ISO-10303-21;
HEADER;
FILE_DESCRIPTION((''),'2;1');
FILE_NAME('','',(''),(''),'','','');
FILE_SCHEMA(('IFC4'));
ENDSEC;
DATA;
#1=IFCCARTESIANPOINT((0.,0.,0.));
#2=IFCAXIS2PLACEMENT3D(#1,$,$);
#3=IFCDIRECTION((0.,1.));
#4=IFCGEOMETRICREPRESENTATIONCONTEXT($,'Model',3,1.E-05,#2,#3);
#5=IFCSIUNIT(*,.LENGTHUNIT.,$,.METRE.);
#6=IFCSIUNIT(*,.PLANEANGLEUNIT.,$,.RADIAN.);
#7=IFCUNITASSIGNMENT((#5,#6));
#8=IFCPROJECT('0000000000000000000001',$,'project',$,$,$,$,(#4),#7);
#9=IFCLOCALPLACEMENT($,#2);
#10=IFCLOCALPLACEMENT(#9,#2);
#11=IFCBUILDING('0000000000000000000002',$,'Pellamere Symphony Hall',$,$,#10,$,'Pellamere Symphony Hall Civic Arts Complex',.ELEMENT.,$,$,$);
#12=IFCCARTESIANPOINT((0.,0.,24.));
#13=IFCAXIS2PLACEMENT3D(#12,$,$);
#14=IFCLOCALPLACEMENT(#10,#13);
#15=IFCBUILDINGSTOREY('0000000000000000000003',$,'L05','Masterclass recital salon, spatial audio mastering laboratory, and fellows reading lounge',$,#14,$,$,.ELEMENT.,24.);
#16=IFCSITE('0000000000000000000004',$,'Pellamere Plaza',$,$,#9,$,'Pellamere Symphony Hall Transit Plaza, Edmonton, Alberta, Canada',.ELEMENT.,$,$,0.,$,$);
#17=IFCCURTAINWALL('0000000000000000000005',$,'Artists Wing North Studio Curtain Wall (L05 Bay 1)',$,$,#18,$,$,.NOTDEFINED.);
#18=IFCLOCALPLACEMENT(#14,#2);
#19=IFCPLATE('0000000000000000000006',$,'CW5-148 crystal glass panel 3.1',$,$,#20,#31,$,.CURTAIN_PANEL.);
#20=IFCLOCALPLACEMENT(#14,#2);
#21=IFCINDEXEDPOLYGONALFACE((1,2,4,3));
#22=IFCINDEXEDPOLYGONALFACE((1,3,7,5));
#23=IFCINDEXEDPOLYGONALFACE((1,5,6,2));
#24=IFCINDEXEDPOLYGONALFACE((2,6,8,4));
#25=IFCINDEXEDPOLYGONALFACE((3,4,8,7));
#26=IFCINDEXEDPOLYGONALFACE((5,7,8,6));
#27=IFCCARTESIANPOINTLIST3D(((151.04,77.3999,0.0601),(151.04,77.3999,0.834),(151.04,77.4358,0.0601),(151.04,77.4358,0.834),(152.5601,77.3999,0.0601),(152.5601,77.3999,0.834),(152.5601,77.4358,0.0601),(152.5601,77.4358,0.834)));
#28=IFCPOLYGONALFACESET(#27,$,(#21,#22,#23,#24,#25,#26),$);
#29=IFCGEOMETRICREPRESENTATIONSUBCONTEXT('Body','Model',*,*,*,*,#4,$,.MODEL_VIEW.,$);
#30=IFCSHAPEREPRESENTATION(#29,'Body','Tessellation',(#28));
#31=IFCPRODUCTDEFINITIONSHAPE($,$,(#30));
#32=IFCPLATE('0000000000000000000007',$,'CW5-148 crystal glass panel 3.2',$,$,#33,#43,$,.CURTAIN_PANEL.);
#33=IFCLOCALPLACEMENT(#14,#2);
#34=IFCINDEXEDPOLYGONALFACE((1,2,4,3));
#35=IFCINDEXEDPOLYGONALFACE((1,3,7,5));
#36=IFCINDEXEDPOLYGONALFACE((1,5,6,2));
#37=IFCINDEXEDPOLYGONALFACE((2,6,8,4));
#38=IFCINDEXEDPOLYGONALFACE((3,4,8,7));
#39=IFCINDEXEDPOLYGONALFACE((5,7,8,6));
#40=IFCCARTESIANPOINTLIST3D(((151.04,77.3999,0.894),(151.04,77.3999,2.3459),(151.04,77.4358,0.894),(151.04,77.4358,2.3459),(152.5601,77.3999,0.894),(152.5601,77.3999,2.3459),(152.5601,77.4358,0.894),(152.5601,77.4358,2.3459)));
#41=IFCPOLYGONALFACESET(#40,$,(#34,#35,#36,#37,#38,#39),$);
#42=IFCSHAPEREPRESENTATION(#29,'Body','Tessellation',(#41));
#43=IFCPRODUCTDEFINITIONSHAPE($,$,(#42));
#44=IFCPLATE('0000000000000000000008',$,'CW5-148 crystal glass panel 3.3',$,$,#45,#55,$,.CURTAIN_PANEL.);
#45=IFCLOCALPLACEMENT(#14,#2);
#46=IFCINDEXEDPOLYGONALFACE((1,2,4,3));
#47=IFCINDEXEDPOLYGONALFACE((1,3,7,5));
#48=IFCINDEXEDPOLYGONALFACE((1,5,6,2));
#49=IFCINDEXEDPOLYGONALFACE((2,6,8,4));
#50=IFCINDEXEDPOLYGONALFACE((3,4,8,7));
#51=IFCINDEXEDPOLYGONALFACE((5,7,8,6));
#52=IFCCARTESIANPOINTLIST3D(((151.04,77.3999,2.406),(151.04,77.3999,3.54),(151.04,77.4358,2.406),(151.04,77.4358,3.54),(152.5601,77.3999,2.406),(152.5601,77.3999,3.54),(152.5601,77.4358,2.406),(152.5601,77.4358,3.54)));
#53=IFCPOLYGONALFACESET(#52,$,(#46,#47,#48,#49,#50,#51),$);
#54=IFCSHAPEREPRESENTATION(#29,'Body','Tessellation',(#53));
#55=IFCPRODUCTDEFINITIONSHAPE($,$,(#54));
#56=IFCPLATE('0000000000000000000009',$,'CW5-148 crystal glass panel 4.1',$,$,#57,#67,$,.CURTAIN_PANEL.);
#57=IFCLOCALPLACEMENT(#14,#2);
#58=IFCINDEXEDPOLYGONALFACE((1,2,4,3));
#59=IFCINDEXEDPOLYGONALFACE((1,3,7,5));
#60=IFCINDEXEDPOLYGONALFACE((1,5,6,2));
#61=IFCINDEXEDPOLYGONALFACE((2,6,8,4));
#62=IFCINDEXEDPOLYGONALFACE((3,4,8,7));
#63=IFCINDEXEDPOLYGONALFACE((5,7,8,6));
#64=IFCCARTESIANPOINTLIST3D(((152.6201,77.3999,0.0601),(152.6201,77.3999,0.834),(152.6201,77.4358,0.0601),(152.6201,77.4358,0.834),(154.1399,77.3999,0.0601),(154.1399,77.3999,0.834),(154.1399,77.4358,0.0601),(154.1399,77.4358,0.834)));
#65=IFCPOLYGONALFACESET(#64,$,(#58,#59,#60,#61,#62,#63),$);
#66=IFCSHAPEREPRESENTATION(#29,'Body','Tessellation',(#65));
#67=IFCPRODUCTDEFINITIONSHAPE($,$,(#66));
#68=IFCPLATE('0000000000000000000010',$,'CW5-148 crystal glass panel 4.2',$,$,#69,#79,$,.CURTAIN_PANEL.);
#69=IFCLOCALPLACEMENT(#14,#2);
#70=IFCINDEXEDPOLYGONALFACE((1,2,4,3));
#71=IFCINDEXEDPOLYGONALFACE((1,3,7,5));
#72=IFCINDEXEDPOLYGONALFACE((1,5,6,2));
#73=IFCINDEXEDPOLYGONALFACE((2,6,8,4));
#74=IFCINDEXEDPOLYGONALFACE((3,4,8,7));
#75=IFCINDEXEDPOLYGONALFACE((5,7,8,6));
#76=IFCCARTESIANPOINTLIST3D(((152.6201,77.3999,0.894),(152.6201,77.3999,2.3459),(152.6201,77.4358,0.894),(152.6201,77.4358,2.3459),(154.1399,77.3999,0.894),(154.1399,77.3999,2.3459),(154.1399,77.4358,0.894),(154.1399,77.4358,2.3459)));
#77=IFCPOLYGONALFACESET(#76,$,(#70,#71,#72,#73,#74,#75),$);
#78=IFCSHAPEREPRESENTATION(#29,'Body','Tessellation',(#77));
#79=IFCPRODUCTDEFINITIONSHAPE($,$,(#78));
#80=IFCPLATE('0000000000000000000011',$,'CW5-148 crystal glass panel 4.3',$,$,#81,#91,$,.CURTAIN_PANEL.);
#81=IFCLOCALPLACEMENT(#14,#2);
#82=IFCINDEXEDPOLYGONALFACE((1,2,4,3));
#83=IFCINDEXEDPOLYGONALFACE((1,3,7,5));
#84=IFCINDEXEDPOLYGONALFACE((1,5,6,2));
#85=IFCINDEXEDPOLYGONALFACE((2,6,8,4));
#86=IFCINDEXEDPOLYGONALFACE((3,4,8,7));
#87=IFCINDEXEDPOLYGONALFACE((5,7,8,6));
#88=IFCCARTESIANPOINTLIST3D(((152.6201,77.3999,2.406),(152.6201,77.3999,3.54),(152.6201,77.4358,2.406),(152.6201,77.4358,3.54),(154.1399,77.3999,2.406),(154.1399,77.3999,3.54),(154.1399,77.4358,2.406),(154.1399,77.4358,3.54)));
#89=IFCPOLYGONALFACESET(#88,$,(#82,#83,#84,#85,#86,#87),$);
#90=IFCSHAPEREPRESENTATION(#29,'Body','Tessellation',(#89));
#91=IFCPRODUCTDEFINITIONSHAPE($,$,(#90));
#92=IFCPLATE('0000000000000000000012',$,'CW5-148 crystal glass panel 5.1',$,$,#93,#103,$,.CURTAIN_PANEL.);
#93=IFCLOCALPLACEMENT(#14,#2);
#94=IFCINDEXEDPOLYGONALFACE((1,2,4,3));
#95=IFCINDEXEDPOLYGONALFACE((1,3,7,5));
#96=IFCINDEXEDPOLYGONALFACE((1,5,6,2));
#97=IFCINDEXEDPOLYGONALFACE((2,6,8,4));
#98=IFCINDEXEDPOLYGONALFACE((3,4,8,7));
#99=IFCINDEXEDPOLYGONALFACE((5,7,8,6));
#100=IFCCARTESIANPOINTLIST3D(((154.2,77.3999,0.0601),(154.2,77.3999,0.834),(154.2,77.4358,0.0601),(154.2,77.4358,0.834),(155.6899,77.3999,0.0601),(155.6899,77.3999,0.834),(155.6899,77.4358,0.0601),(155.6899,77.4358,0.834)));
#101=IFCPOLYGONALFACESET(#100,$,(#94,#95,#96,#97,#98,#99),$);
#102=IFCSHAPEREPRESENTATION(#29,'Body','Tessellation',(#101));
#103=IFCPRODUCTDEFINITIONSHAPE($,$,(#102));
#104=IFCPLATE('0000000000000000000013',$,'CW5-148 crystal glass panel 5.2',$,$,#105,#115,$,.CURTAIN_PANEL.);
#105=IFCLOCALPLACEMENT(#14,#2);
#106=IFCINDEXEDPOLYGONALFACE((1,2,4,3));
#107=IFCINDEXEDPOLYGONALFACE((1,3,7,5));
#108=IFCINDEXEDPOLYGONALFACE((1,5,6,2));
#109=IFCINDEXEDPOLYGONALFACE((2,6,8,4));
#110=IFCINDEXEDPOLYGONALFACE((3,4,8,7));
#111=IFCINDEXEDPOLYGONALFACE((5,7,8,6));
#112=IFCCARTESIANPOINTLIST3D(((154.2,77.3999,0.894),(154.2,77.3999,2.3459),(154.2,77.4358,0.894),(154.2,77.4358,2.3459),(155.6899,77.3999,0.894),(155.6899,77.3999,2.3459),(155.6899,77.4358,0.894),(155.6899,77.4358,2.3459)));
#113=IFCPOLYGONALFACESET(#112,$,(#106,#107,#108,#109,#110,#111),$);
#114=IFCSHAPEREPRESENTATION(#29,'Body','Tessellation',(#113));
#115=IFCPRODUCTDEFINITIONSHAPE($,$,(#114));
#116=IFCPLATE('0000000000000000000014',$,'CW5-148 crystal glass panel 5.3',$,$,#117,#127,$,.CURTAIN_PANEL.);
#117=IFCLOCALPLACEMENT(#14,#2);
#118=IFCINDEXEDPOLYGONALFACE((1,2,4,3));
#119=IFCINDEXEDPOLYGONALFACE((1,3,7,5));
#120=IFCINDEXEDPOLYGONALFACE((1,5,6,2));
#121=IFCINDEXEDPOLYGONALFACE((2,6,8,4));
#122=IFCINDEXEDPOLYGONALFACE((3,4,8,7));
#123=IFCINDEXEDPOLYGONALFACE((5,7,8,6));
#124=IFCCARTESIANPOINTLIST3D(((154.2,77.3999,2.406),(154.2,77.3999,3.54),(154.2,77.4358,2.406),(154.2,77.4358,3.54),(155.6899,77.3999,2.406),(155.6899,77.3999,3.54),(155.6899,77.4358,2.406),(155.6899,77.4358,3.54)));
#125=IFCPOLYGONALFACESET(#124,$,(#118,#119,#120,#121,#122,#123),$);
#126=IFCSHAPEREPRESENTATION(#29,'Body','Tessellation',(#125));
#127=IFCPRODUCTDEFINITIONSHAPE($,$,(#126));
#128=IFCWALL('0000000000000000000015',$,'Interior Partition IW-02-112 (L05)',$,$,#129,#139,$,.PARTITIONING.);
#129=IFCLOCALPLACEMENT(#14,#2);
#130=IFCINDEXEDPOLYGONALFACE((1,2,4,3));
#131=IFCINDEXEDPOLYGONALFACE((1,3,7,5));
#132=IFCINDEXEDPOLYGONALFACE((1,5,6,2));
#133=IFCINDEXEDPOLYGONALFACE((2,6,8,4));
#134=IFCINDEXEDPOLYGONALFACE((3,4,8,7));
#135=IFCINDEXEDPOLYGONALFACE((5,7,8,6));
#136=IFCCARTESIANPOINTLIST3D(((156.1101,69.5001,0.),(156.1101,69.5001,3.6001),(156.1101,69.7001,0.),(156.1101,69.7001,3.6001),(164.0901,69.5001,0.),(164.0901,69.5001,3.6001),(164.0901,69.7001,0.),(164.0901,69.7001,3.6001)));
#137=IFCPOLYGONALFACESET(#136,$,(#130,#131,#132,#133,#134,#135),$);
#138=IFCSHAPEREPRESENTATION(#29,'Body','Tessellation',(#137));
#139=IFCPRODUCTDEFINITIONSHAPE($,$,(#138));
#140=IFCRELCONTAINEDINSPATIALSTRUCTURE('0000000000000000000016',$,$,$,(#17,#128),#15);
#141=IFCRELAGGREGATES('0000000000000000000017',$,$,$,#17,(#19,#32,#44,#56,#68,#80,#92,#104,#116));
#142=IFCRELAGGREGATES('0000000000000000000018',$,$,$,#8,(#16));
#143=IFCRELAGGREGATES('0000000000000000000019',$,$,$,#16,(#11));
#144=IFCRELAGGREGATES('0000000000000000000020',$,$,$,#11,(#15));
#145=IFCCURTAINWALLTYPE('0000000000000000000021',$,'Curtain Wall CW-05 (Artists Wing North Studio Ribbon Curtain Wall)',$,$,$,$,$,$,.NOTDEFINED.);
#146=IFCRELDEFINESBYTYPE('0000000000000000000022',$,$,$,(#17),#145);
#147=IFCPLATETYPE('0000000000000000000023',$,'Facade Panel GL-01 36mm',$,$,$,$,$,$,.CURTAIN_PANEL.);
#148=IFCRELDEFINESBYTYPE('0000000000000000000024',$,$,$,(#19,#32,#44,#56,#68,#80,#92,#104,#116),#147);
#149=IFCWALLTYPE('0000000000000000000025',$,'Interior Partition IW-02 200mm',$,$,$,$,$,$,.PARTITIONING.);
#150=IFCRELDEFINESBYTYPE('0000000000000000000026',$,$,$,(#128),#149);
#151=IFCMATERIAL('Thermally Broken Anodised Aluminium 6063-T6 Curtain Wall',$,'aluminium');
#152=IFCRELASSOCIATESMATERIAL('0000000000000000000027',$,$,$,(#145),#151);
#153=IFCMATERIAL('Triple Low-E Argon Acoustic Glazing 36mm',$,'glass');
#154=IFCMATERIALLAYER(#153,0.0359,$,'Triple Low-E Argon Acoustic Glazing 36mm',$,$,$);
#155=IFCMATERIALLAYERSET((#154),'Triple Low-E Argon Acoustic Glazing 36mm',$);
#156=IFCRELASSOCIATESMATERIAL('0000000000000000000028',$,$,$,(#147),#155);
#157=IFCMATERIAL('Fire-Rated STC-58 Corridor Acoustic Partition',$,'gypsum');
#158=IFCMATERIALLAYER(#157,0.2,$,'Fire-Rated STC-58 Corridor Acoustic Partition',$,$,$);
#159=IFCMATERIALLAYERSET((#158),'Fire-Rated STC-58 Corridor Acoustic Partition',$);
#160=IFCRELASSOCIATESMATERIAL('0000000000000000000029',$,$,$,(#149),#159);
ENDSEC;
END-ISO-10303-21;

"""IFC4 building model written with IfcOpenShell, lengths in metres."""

from ifc_helpers import new_model, si_unit, direction, frame, frame_2d, origin, place, context, subcontext, project, spatial, polyline, rectangle, outline, extrude, material, layer, layer_set, type_object, element, aggregate, save


model = new_model("IFC4")

# Units and contexts
model_context = context("Model", 3, precision=1e-05, world=origin(), true_north=direction((0.0, 1.0)))
body_context = subcontext(model_context, "Body", "Model", "MODEL_VIEW")
ifc_project = project(units=[si_unit("LENGTHUNIT", "METRE"), si_unit("PLANEANGLEUNIT", "RADIAN")], contexts=[model_context])

# Site, building, storey
site_placement = place(None, origin())
site = spatial("IfcSite", under=ifc_project, at=site_placement, Name="Pellamere Plaza", LongName="Pellamere Symphony Hall Transit Plaza, Edmonton, Alberta, Canada", CompositionType="ELEMENT", RefElevation=0.0)
building_placement = place(site_placement, origin())
building = spatial("IfcBuilding", under=site, at=building_placement, Name="Pellamere Symphony Hall", LongName="Pellamere Symphony Hall Civic Arts Complex", CompositionType="ELEMENT")
storey_placement = place(building_placement, frame((0.0, 0.0, 24.0)))
storey = spatial("IfcBuildingStorey", under=building, at=storey_placement, Name="L05", Description="Masterclass recital salon, spatial audio mastering laboratory, and fellows reading lounge", CompositionType="ELEMENT", Elevation=24.0)

# Curtain wall
ifc_material_1 = material(Name="Thermally Broken Anodised Aluminium 6063-T6 Curtain Wall", Category="aluminium")
curtain_wall_type = type_object("IfcCurtainWallType", Name="Curtain Wall CW-05 (Artists Wing North Studio Ribbon Curtain Wall)", PredefinedType="NOTDEFINED", material=ifc_material_1)
curtain_wall_placement = place(storey_placement, origin())
curtain_wall = element("IfcCurtainWall", 1, at=curtain_wall_placement, inside=storey, type_object=curtain_wall_type, Name="Artists Wing North Studio Curtain Wall (L05 Bay 1)", PredefinedType="NOTDEFINED")

# Plates
ifc_material_2 = material(Name="Triple Low-E Argon Acoustic Glazing 36mm", Category="glass")
ifc_layer_1 = layer(ifc_material_2, 0.0359, Name="Triple Low-E Argon Acoustic Glazing 36mm")
ifc_layer_set_1 = layer_set([ifc_layer_1], Name="Triple Low-E Argon Acoustic Glazing 36mm")
plate_type = type_object("IfcPlateType", Name="Facade Panel GL-01 36mm", PredefinedType="CURTAIN_PANEL", material=ifc_layer_set_1)
plate_1_placement = place(storey_placement, frame((151.04, 77.3999, 0.0601), z_axis=(0.0, -1.0, 0.0), x_axis=(1.0, 0.0, 0.0)))
plate_1 = element("IfcPlate", 2, at=plate_1_placement, type_object=plate_type, Name="CW5-148 crystal glass panel 3.1", PredefinedType="CURTAIN_PANEL", context=body_context, shape_type="SweptSolid", body=[
    extrude(outline(polyline([(0.0, 0.0), (1.52, 0.0), (1.52, 0.7739), (0.0, 0.7739), (0.0, 0.0)])), origin(), (0.0, 0.0, -1.0), 0.0359),
])
plate_2_placement = place(storey_placement, frame((151.04, 77.3999, 0.894), z_axis=(0.0, -1.0, 0.0), x_axis=(1.0, 0.0, 0.0)))
plate_2 = element("IfcPlate", 3, at=plate_2_placement, type_object=plate_type, Name="CW5-148 crystal glass panel 3.2", PredefinedType="CURTAIN_PANEL", context=body_context, shape_type="SweptSolid", body=[
    extrude(outline(polyline([(0.0, 0.0), (1.52, 0.0), (1.52, 1.4519), (0.0, 1.4519), (0.0, 0.0)])), origin(), (0.0, 0.0, -1.0), 0.0359),
])
plate_3_placement = place(storey_placement, frame((151.04, 77.3999, 2.406), z_axis=(0.0, -1.0, 0.0), x_axis=(1.0, 0.0, 0.0)))
plate_3 = element("IfcPlate", 4, at=plate_3_placement, type_object=plate_type, Name="CW5-148 crystal glass panel 3.3", PredefinedType="CURTAIN_PANEL", context=body_context, shape_type="SweptSolid", body=[
    extrude(outline(polyline([(0.0, 0.0), (1.52, 0.0), (1.52, 1.134), (0.0, 1.134), (0.0, 0.0)])), origin(), (0.0, 0.0, -1.0), 0.0359),
])
plate_4_placement = place(storey_placement, frame((152.6201, 77.3999, 0.0601), z_axis=(0.0, -1.0, 0.0), x_axis=(1.0, 0.0, 0.0)))
plate_4 = element("IfcPlate", 5, at=plate_4_placement, type_object=plate_type, Name="CW5-148 crystal glass panel 4.1", PredefinedType="CURTAIN_PANEL", context=body_context, shape_type="SweptSolid", body=[
    extrude(outline(polyline([(0.0, 0.0), (1.5198, 0.0), (1.5198, 0.7739), (0.0, 0.7739), (0.0, 0.0)])), origin(), (0.0, 0.0, -1.0), 0.0359),
])
plate_5_placement = place(storey_placement, frame((152.6201, 77.3999, 0.894), z_axis=(0.0, -1.0, 0.0), x_axis=(1.0, 0.0, 0.0)))
plate_5 = element("IfcPlate", 6, at=plate_5_placement, type_object=plate_type, Name="CW5-148 crystal glass panel 4.2", PredefinedType="CURTAIN_PANEL", context=body_context, shape_type="SweptSolid", body=[
    extrude(outline(polyline([(0.0, 0.0), (1.5198, 0.0), (1.5198, 1.4519), (0.0, 1.4519), (0.0, 0.0)])), origin(), (0.0, 0.0, -1.0), 0.0359),
])
plate_6_placement = place(storey_placement, frame((152.6201, 77.3999, 2.406), z_axis=(0.0, -1.0, 0.0), x_axis=(1.0, 0.0, 0.0)))
plate_6 = element("IfcPlate", 7, at=plate_6_placement, type_object=plate_type, Name="CW5-148 crystal glass panel 4.3", PredefinedType="CURTAIN_PANEL", context=body_context, shape_type="SweptSolid", body=[
    extrude(outline(polyline([(0.0, 0.0), (1.5198, 0.0), (1.5198, 1.134), (0.0, 1.134), (0.0, 0.0)])), origin(), (0.0, 0.0, -1.0), 0.0359),
])
plate_7_placement = place(storey_placement, frame((154.2, 77.3999, 0.0601), z_axis=(0.0, -1.0, 0.0), x_axis=(1.0, 0.0, 0.0)))
plate_7 = element("IfcPlate", 8, at=plate_7_placement, type_object=plate_type, Name="CW5-148 crystal glass panel 5.1", PredefinedType="CURTAIN_PANEL", context=body_context, shape_type="SweptSolid", body=[
    extrude(outline(polyline([(0.0, 0.0), (1.49, 0.0), (1.49, 0.7739), (0.0, 0.7739), (0.0, 0.0)])), origin(), (0.0, 0.0, -1.0), 0.0359),
])
plate_8_placement = place(storey_placement, frame((154.2, 77.3999, 0.894), z_axis=(0.0, -1.0, 0.0), x_axis=(1.0, 0.0, 0.0)))
plate_8 = element("IfcPlate", 9, at=plate_8_placement, type_object=plate_type, Name="CW5-148 crystal glass panel 5.2", PredefinedType="CURTAIN_PANEL", context=body_context, shape_type="SweptSolid", body=[
    extrude(outline(polyline([(0.0, 0.0), (1.49, 0.0), (1.49, 1.4519), (0.0, 1.4519), (0.0, 0.0)])), origin(), (0.0, 0.0, -1.0), 0.0359),
])
plate_9_placement = place(storey_placement, frame((154.2, 77.3999, 2.406), z_axis=(0.0, -1.0, 0.0), x_axis=(1.0, 0.0, 0.0)))
plate_9 = element("IfcPlate", 10, at=plate_9_placement, type_object=plate_type, Name="CW5-148 crystal glass panel 5.3", PredefinedType="CURTAIN_PANEL", context=body_context, shape_type="SweptSolid", body=[
    extrude(outline(polyline([(0.0, 0.0), (1.49, 0.0), (1.49, 1.134), (0.0, 1.134), (0.0, 0.0)])), origin(), (0.0, 0.0, -1.0), 0.0359),
])
aggregate(curtain_wall, [plate_1, plate_2, plate_3, plate_4, plate_5, plate_6, plate_7, plate_8, plate_9])

# Wall
ifc_material_3 = material(Name="Fire-Rated STC-58 Corridor Acoustic Partition", Category="gypsum")
ifc_layer_2 = layer(ifc_material_3, 0.2, Name="Fire-Rated STC-58 Corridor Acoustic Partition")
ifc_layer_set_2 = layer_set([ifc_layer_2], Name="Fire-Rated STC-58 Corridor Acoustic Partition")
wall_type_1 = type_object("IfcWallType", Name="Interior Partition IW-02 200mm", PredefinedType="PARTITIONING", material=ifc_layer_set_2)
wall_1_placement = place(storey_placement, frame((156.1101, 69.6001, 0.0), z_axis=(0.0, 0.0, 1.0), x_axis=(1.0, 0.0, 0.0)))
element("IfcWall", 11, at=wall_1_placement, inside=storey, type_object=wall_type_1, Name="Interior Partition IW-02-112 (L05)", PredefinedType="PARTITIONING", context=body_context, shape_type="SweptSolid", body=[
    extrude(rectangle(XDim=7.98, YDim=0.2, at=frame_2d((3.99, 0.0))), origin(), (0.0, 0.0, 1.0), 3.6001),
])

save(model, "model.ifc")
